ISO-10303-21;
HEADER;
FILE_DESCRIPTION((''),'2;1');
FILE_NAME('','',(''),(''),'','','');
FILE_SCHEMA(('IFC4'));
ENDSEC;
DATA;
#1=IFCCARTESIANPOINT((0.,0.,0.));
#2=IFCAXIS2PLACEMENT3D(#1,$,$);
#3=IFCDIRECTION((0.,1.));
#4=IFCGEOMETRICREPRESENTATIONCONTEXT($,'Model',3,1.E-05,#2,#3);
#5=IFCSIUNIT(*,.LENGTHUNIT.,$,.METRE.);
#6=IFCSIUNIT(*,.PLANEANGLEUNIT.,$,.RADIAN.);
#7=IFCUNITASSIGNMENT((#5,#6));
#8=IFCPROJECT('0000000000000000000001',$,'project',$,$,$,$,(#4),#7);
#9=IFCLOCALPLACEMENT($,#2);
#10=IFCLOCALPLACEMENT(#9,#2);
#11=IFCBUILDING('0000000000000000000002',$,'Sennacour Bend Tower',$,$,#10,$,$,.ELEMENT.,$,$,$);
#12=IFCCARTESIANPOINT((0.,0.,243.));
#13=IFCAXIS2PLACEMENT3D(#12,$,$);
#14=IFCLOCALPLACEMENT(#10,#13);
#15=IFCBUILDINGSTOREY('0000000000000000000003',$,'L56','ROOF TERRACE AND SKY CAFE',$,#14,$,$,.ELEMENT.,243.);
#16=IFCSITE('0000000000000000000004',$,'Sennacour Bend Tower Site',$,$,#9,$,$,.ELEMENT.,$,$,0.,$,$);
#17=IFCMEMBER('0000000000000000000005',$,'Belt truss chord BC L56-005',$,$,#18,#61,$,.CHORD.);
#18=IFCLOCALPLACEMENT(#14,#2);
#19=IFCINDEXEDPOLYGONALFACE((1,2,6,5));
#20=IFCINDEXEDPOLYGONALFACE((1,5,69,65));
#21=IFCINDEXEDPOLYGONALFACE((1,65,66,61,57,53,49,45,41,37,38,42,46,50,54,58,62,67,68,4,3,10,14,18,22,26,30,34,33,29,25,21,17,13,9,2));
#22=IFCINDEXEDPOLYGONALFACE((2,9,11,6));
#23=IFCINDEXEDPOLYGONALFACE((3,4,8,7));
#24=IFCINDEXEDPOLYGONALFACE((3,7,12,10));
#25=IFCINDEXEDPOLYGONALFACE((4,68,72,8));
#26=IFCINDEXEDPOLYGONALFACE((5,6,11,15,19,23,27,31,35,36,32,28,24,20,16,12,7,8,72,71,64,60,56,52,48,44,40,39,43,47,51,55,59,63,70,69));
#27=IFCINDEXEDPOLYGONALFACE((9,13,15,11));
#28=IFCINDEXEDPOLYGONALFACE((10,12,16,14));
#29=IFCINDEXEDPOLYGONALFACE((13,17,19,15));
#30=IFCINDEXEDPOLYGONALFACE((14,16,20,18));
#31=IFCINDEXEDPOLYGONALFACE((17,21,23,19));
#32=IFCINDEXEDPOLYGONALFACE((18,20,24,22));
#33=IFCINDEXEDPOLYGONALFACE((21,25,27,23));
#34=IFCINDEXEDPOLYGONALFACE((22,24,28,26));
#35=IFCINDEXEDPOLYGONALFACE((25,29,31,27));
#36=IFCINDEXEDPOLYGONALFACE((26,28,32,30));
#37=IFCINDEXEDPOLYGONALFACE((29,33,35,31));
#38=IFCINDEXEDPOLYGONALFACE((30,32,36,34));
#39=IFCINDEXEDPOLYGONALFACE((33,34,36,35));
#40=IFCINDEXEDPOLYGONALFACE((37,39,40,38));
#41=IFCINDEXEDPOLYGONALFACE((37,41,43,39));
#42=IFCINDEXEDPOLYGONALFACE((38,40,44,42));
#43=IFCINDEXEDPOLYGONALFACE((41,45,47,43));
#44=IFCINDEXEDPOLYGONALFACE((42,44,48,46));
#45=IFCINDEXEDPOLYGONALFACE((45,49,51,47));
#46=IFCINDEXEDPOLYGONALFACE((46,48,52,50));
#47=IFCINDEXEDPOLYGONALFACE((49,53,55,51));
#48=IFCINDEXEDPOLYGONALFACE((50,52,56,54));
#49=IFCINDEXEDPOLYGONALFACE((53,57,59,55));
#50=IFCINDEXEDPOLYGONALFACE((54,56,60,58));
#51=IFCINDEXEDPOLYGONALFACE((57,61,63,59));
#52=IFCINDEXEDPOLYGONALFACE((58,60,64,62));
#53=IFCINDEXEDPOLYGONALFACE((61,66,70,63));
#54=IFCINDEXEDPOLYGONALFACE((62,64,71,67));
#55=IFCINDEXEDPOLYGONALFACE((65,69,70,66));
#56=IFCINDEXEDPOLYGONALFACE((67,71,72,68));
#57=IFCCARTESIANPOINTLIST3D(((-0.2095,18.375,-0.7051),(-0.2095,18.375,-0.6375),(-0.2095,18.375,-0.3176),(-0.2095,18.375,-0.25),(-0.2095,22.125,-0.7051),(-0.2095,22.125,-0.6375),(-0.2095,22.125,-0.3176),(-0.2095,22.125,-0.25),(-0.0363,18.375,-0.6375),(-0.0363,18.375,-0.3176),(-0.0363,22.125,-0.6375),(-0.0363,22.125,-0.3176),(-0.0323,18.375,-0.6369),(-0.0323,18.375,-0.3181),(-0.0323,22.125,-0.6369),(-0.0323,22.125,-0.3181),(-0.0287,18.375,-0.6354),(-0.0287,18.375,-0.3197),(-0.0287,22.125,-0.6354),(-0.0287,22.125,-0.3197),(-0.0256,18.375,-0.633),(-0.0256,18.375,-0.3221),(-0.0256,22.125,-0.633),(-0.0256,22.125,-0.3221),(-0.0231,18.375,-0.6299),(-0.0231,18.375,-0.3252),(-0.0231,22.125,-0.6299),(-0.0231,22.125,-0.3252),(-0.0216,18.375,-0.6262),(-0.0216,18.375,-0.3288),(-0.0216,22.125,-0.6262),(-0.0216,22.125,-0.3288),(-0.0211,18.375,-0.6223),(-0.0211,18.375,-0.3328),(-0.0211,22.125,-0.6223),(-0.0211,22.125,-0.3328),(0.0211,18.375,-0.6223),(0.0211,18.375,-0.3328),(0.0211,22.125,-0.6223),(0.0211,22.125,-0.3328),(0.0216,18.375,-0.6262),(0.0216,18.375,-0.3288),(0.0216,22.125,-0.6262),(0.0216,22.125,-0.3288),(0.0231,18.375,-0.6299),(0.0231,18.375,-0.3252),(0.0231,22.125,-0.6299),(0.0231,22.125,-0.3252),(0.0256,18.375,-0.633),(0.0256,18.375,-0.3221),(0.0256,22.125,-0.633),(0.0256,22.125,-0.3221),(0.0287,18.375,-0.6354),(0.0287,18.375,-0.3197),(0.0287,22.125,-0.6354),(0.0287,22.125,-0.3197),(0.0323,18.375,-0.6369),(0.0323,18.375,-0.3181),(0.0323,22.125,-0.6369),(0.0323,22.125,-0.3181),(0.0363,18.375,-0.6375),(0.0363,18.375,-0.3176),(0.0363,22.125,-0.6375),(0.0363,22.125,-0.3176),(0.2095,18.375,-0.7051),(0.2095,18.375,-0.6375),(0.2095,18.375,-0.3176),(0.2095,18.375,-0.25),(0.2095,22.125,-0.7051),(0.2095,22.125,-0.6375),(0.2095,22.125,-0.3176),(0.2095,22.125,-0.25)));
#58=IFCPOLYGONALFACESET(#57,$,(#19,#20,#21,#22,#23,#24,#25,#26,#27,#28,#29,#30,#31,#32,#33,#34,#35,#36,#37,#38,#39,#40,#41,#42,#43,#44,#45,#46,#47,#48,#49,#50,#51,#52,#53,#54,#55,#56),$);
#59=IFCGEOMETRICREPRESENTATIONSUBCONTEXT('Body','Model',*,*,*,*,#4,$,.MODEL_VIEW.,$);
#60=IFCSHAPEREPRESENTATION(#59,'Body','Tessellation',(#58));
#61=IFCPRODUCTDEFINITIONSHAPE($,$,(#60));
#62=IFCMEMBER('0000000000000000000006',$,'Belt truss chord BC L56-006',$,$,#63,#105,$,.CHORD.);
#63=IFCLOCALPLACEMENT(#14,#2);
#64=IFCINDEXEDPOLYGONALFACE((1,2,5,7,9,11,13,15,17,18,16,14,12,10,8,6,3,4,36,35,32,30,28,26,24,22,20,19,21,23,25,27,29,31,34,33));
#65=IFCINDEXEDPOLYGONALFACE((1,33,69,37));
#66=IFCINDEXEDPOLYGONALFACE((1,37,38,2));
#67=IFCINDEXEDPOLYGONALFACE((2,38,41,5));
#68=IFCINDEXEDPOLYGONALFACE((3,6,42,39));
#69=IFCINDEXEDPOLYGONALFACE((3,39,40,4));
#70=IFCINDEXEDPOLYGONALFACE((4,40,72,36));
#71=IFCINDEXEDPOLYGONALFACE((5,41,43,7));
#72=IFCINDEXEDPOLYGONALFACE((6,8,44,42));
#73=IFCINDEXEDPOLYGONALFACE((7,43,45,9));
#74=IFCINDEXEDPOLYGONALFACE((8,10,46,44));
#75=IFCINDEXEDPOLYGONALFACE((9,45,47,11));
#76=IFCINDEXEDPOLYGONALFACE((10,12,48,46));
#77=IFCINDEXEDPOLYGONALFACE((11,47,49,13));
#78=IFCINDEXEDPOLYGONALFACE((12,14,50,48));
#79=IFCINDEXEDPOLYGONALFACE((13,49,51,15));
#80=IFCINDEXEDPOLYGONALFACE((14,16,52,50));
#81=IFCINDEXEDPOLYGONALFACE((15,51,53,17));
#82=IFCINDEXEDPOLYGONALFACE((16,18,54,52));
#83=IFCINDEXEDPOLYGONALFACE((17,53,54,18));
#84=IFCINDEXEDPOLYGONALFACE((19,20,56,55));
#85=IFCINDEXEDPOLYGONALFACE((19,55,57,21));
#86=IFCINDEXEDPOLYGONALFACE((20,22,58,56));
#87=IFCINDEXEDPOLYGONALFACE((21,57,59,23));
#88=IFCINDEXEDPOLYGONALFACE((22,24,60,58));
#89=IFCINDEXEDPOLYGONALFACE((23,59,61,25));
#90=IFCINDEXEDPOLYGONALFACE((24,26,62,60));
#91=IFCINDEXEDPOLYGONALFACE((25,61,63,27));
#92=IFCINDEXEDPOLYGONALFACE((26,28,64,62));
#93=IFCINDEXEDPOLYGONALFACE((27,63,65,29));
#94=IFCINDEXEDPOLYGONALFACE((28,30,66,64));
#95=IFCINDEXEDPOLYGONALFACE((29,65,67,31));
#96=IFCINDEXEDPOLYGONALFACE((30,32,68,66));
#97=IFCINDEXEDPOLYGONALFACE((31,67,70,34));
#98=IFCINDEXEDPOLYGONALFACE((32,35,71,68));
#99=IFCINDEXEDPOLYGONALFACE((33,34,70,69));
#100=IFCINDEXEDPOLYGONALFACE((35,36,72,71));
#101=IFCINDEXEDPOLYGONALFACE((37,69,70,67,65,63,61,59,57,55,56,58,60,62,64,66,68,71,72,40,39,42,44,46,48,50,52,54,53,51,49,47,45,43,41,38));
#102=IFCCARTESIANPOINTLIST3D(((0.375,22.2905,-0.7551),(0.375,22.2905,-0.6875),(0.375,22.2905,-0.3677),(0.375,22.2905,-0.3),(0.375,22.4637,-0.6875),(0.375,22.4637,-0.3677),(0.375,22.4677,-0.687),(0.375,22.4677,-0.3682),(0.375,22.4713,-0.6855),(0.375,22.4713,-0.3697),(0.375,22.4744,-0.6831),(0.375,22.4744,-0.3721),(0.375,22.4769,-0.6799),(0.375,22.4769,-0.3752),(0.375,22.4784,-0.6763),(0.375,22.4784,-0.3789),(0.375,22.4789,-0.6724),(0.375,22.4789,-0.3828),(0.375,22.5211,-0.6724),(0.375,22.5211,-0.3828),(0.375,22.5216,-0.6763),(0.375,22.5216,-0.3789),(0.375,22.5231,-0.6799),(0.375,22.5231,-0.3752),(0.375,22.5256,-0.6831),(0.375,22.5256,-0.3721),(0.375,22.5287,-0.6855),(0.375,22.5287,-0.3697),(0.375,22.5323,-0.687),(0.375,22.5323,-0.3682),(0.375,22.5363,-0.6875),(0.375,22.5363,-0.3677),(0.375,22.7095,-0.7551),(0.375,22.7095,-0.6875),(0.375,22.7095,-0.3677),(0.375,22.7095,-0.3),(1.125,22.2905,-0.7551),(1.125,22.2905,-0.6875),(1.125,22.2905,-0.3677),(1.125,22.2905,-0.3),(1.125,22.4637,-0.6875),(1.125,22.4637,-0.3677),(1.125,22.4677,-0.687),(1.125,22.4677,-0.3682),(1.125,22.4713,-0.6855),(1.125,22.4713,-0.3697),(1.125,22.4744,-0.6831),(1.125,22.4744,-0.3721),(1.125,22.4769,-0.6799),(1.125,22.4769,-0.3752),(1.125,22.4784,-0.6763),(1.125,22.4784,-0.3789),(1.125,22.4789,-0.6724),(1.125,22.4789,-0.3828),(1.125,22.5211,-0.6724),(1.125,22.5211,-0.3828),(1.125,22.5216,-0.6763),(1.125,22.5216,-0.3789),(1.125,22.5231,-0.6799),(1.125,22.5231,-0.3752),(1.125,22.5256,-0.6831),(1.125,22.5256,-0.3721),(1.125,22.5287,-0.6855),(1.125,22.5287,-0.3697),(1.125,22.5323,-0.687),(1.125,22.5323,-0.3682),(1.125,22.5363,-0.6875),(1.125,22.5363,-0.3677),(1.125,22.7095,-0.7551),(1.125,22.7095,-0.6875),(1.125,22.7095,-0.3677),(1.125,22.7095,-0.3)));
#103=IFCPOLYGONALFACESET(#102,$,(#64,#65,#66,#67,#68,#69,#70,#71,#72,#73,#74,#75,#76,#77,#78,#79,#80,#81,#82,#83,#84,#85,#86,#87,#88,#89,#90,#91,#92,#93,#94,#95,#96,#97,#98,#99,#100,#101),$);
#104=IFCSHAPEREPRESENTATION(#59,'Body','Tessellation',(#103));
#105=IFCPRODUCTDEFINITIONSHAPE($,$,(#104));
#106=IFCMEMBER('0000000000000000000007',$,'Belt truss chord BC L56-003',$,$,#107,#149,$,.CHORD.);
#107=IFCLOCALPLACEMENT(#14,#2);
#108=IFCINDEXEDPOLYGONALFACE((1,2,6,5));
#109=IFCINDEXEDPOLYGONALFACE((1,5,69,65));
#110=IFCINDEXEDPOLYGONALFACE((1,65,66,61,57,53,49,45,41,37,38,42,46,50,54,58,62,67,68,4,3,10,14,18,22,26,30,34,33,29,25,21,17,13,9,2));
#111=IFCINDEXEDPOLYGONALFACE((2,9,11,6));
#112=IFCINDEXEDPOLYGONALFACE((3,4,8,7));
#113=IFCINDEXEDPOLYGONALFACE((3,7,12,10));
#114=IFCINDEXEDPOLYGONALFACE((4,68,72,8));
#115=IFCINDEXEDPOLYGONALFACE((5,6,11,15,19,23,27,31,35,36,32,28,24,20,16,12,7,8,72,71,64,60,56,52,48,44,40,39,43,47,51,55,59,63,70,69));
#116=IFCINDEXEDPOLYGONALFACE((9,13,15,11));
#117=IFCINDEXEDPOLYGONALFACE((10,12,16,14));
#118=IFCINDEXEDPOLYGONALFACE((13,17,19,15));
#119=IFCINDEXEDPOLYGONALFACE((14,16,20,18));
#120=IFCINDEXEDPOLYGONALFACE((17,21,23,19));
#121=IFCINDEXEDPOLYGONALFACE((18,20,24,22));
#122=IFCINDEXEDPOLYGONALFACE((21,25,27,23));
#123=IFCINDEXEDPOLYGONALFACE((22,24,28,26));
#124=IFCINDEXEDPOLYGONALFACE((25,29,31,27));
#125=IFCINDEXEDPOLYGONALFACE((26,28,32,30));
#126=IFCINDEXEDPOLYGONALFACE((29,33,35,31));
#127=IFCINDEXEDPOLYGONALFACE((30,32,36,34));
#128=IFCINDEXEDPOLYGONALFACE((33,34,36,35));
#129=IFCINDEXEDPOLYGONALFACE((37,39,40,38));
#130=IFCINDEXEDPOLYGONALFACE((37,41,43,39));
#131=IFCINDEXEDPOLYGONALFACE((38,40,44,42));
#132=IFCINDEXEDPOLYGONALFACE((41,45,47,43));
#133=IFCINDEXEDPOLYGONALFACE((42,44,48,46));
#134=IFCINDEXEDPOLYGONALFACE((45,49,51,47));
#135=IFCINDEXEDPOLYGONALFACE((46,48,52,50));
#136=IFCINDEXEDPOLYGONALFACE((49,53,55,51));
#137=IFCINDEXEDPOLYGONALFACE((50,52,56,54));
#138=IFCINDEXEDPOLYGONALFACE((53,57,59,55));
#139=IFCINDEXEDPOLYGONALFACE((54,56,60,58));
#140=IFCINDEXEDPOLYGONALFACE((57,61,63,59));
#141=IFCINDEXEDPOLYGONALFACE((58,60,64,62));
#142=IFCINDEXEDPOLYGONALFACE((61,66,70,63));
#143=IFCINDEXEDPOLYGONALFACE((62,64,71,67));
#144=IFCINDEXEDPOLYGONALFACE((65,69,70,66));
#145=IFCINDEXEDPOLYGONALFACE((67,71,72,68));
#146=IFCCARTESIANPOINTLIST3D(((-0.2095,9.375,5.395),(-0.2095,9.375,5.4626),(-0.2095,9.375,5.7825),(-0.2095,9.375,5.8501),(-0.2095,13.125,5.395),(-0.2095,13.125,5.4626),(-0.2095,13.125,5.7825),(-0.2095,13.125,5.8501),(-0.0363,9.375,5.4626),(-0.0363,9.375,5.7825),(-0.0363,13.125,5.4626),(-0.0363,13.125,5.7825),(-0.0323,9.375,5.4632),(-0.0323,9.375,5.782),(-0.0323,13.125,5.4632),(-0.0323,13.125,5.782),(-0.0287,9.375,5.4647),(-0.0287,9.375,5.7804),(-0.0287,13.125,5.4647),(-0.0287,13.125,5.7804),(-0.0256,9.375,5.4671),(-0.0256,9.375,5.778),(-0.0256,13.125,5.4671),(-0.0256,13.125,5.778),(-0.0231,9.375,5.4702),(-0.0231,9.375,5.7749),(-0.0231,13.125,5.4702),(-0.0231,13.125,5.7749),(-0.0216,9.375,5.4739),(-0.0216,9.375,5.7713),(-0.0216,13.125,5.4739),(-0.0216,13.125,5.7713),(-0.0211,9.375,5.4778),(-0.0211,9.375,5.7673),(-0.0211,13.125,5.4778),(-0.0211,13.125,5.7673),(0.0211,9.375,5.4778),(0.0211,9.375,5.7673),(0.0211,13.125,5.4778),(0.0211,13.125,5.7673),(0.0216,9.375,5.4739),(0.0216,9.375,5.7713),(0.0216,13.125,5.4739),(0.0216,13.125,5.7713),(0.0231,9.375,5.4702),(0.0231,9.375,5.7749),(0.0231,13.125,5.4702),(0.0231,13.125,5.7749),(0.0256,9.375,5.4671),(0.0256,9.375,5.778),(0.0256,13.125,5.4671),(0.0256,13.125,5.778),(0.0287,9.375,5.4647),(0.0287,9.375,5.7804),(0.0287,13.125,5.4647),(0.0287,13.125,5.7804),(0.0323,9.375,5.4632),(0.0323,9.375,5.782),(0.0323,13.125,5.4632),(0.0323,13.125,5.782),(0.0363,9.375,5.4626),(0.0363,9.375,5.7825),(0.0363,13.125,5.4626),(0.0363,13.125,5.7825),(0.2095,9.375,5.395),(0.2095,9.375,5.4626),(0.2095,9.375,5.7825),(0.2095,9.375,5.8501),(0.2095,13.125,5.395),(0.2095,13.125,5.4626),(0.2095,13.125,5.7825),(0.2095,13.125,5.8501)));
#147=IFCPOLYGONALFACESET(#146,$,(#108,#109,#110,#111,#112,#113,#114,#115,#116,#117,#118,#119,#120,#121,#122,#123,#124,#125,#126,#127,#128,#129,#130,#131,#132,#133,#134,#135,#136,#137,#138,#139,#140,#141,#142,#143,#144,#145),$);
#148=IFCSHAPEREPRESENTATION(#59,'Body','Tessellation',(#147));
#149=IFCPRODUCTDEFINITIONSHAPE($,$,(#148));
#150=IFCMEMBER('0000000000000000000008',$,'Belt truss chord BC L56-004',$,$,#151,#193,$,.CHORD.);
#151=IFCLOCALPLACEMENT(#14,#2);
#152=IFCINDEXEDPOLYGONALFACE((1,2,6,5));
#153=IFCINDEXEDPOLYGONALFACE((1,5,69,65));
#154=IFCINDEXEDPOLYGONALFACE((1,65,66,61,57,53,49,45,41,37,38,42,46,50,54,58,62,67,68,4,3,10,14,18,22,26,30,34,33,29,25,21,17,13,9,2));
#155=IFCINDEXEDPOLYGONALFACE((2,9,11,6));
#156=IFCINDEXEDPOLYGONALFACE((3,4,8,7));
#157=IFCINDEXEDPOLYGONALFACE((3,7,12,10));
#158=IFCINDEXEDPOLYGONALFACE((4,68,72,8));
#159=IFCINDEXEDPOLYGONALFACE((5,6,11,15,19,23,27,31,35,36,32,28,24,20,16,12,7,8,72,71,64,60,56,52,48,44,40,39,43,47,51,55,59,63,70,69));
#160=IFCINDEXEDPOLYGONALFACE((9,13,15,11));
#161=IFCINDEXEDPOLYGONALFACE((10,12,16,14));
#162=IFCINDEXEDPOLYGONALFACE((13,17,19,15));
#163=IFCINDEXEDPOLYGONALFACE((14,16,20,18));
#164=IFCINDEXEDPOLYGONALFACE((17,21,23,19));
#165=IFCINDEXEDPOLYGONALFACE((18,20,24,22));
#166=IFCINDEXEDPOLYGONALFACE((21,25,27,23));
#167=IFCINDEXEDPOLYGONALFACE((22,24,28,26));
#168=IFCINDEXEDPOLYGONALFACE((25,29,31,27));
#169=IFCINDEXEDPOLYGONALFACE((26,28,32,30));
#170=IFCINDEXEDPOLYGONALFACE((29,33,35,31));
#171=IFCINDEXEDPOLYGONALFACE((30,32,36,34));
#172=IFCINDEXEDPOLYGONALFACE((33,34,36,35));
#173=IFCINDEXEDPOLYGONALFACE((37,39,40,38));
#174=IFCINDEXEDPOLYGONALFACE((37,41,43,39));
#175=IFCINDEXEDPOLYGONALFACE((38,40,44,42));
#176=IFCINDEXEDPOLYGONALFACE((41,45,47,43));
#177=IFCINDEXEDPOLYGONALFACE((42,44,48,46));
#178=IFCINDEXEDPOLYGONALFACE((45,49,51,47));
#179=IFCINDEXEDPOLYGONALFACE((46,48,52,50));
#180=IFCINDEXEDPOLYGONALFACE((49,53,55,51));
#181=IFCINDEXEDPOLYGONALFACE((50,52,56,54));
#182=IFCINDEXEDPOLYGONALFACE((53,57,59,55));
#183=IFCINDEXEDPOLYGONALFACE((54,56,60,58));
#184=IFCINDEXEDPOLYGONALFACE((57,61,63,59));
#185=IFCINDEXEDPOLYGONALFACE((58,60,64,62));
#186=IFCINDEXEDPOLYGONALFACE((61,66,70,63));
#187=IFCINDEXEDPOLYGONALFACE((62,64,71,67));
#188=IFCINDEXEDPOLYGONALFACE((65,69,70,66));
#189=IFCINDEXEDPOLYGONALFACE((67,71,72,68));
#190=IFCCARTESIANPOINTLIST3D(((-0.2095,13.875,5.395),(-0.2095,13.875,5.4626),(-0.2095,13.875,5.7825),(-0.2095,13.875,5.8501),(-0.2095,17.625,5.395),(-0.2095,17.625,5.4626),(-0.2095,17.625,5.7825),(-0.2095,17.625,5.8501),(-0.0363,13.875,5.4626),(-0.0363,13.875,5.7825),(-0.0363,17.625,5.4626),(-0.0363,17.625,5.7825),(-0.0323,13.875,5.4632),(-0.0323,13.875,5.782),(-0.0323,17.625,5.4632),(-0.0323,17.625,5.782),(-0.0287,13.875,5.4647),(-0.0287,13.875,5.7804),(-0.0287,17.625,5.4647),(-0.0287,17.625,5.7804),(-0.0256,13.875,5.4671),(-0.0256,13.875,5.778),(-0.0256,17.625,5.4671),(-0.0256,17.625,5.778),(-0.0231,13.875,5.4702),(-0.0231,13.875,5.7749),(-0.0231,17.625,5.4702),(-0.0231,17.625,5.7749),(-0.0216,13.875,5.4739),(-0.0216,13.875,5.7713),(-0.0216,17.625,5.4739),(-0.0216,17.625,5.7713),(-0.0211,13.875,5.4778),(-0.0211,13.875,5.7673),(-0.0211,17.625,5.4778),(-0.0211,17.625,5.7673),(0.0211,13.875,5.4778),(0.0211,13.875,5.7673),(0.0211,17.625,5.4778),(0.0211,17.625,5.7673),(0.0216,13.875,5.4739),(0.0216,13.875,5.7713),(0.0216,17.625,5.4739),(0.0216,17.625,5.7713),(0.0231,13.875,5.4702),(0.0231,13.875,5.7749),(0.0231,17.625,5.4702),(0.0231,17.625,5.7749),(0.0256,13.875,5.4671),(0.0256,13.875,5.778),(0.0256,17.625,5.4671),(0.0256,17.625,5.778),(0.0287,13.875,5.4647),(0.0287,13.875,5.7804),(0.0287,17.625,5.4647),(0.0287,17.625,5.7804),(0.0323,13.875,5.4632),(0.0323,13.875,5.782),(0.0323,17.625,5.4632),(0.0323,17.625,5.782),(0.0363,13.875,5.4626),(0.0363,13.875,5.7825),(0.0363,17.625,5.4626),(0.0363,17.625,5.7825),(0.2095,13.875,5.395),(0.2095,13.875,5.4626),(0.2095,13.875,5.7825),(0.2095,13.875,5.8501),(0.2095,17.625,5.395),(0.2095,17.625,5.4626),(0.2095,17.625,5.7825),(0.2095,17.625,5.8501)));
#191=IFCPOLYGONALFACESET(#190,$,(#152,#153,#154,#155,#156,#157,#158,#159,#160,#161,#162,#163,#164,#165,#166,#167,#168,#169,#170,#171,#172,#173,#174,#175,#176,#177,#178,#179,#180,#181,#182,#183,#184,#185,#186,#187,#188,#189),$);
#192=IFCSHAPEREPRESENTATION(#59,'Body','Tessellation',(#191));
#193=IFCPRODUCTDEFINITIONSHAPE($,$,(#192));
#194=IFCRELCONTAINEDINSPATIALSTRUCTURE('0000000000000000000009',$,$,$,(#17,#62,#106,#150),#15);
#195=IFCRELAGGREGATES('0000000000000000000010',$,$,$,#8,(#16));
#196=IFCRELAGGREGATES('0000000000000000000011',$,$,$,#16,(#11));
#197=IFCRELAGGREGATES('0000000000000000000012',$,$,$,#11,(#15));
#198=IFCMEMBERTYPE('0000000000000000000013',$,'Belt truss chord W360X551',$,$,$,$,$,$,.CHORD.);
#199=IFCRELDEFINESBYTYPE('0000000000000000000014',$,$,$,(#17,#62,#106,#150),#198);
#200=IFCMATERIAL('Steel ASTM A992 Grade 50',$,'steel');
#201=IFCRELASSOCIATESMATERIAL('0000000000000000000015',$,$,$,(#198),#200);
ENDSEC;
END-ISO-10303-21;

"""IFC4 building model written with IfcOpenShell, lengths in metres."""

from ifc_helpers import new_model, si_unit, direction, frame, origin, origin_2d, place, context, subcontext, project, spatial, i_section, extrude, material, material_profile, profile_set, type_object, element, save


model = new_model("IFC4")

# Units and contexts
model_context = context("Model", 3, precision=1e-05, world=origin(), true_north=direction((0.0, 1.0)))
body_context = subcontext(model_context, "Body", "Model", "MODEL_VIEW")
ifc_project = project(units=[si_unit("LENGTHUNIT", "METRE"), si_unit("PLANEANGLEUNIT", "RADIAN")], contexts=[model_context])

# Site, building, storey
site_placement = place(None, origin())
site = spatial("IfcSite", under=ifc_project, at=site_placement, Name="Sennacour Bend Tower Site", CompositionType="ELEMENT", RefElevation=0.0)
building_placement = place(site_placement, origin())
building = spatial("IfcBuilding", under=site, at=building_placement, Name="Sennacour Bend Tower", CompositionType="ELEMENT")
storey_placement = place(building_placement, frame((0.0, 0.0, 243.0)))
storey = spatial("IfcBuildingStorey", under=building, at=storey_placement, Name="L56", Description="ROOF TERRACE AND SKY CAFE", CompositionType="ELEMENT", Elevation=243.0)

# Members
ifc_material_1 = material(Name="Steel ASTM A992 Grade 50", Category="steel")
ifc_material_profile_1 = material_profile(ifc_material_1, i_section(OverallWidth=0.4189, OverallDepth=0.4551, WebThickness=0.0422, FlangeThickness=0.0676, FilletRadius=0.0151, at=origin_2d()), Name="Steel ASTM A992 Grade 50", Category="steel")
ifc_profile_set_1 = profile_set([ifc_material_profile_1], Name="Steel ASTM A992 Grade 50")
member_type_1 = type_object("IfcMemberType", Name="Belt truss chord W360X551", PredefinedType="CHORD", material=ifc_profile_set_1)
for number, where, z_axis, x_axis, name in (
    (1, (0.0, 18.375, -0.4775), (0.0, 1.0, 0.0), (-1.0, 0.0, 0.0), "Belt truss chord BC L56-005"),
):
    element("IfcMember", number, at=place(storey_placement, frame(where, z_axis=z_axis, x_axis=x_axis)), inside=storey, type_object=member_type_1, Name=name, PredefinedType="CHORD", context=body_context, shape_type="SweptSolid", body=[
        extrude(i_section(OverallWidth=0.4189, OverallDepth=0.4551, WebThickness=0.0422, FlangeThickness=0.0676, FilletRadius=0.0151, at=origin_2d()), origin(), (0.0, 0.0, 1.0), 3.75),
    ])
member_1_placement = place(storey_placement, frame((0.375, 22.5, -0.5276), z_axis=(1.0, 0.0, 0.0), x_axis=(0.0, 1.0, 0.0)))
element("IfcMember", 2, at=member_1_placement, inside=storey, type_object=member_type_1, Name="Belt truss chord BC L56-006", PredefinedType="CHORD", context=body_context, shape_type="SweptSolid", body=[
    extrude(i_section(OverallWidth=0.4189, OverallDepth=0.4551, WebThickness=0.0422, FlangeThickness=0.0676, FilletRadius=0.0151, at=origin_2d()), origin(), (0.0, 0.0, 1.0), 0.75),
])
for number, where, z_axis, x_axis, name in (
    (3, (0.0, 9.375, 5.6226), (0.0, 1.0, 0.0), (-1.0, 0.0, 0.0), "Belt truss chord BC L56-003"),
    (4, (0.0, 13.875, 5.6226), (0.0, 1.0, 0.0), (-1.0, 0.0, 0.0), "Belt truss chord BC L56-004"),
):
    element("IfcMember", number, at=place(storey_placement, frame(where, z_axis=z_axis, x_axis=x_axis)), inside=storey, type_object=member_type_1, Name=name, PredefinedType="CHORD", context=body_context, shape_type="SweptSolid", body=[
        extrude(i_section(OverallWidth=0.4189, OverallDepth=0.4551, WebThickness=0.0422, FlangeThickness=0.0676, FilletRadius=0.0151, at=origin_2d()), origin(), (0.0, 0.0, 1.0), 3.75),
    ])

save(model, "model.ifc")
